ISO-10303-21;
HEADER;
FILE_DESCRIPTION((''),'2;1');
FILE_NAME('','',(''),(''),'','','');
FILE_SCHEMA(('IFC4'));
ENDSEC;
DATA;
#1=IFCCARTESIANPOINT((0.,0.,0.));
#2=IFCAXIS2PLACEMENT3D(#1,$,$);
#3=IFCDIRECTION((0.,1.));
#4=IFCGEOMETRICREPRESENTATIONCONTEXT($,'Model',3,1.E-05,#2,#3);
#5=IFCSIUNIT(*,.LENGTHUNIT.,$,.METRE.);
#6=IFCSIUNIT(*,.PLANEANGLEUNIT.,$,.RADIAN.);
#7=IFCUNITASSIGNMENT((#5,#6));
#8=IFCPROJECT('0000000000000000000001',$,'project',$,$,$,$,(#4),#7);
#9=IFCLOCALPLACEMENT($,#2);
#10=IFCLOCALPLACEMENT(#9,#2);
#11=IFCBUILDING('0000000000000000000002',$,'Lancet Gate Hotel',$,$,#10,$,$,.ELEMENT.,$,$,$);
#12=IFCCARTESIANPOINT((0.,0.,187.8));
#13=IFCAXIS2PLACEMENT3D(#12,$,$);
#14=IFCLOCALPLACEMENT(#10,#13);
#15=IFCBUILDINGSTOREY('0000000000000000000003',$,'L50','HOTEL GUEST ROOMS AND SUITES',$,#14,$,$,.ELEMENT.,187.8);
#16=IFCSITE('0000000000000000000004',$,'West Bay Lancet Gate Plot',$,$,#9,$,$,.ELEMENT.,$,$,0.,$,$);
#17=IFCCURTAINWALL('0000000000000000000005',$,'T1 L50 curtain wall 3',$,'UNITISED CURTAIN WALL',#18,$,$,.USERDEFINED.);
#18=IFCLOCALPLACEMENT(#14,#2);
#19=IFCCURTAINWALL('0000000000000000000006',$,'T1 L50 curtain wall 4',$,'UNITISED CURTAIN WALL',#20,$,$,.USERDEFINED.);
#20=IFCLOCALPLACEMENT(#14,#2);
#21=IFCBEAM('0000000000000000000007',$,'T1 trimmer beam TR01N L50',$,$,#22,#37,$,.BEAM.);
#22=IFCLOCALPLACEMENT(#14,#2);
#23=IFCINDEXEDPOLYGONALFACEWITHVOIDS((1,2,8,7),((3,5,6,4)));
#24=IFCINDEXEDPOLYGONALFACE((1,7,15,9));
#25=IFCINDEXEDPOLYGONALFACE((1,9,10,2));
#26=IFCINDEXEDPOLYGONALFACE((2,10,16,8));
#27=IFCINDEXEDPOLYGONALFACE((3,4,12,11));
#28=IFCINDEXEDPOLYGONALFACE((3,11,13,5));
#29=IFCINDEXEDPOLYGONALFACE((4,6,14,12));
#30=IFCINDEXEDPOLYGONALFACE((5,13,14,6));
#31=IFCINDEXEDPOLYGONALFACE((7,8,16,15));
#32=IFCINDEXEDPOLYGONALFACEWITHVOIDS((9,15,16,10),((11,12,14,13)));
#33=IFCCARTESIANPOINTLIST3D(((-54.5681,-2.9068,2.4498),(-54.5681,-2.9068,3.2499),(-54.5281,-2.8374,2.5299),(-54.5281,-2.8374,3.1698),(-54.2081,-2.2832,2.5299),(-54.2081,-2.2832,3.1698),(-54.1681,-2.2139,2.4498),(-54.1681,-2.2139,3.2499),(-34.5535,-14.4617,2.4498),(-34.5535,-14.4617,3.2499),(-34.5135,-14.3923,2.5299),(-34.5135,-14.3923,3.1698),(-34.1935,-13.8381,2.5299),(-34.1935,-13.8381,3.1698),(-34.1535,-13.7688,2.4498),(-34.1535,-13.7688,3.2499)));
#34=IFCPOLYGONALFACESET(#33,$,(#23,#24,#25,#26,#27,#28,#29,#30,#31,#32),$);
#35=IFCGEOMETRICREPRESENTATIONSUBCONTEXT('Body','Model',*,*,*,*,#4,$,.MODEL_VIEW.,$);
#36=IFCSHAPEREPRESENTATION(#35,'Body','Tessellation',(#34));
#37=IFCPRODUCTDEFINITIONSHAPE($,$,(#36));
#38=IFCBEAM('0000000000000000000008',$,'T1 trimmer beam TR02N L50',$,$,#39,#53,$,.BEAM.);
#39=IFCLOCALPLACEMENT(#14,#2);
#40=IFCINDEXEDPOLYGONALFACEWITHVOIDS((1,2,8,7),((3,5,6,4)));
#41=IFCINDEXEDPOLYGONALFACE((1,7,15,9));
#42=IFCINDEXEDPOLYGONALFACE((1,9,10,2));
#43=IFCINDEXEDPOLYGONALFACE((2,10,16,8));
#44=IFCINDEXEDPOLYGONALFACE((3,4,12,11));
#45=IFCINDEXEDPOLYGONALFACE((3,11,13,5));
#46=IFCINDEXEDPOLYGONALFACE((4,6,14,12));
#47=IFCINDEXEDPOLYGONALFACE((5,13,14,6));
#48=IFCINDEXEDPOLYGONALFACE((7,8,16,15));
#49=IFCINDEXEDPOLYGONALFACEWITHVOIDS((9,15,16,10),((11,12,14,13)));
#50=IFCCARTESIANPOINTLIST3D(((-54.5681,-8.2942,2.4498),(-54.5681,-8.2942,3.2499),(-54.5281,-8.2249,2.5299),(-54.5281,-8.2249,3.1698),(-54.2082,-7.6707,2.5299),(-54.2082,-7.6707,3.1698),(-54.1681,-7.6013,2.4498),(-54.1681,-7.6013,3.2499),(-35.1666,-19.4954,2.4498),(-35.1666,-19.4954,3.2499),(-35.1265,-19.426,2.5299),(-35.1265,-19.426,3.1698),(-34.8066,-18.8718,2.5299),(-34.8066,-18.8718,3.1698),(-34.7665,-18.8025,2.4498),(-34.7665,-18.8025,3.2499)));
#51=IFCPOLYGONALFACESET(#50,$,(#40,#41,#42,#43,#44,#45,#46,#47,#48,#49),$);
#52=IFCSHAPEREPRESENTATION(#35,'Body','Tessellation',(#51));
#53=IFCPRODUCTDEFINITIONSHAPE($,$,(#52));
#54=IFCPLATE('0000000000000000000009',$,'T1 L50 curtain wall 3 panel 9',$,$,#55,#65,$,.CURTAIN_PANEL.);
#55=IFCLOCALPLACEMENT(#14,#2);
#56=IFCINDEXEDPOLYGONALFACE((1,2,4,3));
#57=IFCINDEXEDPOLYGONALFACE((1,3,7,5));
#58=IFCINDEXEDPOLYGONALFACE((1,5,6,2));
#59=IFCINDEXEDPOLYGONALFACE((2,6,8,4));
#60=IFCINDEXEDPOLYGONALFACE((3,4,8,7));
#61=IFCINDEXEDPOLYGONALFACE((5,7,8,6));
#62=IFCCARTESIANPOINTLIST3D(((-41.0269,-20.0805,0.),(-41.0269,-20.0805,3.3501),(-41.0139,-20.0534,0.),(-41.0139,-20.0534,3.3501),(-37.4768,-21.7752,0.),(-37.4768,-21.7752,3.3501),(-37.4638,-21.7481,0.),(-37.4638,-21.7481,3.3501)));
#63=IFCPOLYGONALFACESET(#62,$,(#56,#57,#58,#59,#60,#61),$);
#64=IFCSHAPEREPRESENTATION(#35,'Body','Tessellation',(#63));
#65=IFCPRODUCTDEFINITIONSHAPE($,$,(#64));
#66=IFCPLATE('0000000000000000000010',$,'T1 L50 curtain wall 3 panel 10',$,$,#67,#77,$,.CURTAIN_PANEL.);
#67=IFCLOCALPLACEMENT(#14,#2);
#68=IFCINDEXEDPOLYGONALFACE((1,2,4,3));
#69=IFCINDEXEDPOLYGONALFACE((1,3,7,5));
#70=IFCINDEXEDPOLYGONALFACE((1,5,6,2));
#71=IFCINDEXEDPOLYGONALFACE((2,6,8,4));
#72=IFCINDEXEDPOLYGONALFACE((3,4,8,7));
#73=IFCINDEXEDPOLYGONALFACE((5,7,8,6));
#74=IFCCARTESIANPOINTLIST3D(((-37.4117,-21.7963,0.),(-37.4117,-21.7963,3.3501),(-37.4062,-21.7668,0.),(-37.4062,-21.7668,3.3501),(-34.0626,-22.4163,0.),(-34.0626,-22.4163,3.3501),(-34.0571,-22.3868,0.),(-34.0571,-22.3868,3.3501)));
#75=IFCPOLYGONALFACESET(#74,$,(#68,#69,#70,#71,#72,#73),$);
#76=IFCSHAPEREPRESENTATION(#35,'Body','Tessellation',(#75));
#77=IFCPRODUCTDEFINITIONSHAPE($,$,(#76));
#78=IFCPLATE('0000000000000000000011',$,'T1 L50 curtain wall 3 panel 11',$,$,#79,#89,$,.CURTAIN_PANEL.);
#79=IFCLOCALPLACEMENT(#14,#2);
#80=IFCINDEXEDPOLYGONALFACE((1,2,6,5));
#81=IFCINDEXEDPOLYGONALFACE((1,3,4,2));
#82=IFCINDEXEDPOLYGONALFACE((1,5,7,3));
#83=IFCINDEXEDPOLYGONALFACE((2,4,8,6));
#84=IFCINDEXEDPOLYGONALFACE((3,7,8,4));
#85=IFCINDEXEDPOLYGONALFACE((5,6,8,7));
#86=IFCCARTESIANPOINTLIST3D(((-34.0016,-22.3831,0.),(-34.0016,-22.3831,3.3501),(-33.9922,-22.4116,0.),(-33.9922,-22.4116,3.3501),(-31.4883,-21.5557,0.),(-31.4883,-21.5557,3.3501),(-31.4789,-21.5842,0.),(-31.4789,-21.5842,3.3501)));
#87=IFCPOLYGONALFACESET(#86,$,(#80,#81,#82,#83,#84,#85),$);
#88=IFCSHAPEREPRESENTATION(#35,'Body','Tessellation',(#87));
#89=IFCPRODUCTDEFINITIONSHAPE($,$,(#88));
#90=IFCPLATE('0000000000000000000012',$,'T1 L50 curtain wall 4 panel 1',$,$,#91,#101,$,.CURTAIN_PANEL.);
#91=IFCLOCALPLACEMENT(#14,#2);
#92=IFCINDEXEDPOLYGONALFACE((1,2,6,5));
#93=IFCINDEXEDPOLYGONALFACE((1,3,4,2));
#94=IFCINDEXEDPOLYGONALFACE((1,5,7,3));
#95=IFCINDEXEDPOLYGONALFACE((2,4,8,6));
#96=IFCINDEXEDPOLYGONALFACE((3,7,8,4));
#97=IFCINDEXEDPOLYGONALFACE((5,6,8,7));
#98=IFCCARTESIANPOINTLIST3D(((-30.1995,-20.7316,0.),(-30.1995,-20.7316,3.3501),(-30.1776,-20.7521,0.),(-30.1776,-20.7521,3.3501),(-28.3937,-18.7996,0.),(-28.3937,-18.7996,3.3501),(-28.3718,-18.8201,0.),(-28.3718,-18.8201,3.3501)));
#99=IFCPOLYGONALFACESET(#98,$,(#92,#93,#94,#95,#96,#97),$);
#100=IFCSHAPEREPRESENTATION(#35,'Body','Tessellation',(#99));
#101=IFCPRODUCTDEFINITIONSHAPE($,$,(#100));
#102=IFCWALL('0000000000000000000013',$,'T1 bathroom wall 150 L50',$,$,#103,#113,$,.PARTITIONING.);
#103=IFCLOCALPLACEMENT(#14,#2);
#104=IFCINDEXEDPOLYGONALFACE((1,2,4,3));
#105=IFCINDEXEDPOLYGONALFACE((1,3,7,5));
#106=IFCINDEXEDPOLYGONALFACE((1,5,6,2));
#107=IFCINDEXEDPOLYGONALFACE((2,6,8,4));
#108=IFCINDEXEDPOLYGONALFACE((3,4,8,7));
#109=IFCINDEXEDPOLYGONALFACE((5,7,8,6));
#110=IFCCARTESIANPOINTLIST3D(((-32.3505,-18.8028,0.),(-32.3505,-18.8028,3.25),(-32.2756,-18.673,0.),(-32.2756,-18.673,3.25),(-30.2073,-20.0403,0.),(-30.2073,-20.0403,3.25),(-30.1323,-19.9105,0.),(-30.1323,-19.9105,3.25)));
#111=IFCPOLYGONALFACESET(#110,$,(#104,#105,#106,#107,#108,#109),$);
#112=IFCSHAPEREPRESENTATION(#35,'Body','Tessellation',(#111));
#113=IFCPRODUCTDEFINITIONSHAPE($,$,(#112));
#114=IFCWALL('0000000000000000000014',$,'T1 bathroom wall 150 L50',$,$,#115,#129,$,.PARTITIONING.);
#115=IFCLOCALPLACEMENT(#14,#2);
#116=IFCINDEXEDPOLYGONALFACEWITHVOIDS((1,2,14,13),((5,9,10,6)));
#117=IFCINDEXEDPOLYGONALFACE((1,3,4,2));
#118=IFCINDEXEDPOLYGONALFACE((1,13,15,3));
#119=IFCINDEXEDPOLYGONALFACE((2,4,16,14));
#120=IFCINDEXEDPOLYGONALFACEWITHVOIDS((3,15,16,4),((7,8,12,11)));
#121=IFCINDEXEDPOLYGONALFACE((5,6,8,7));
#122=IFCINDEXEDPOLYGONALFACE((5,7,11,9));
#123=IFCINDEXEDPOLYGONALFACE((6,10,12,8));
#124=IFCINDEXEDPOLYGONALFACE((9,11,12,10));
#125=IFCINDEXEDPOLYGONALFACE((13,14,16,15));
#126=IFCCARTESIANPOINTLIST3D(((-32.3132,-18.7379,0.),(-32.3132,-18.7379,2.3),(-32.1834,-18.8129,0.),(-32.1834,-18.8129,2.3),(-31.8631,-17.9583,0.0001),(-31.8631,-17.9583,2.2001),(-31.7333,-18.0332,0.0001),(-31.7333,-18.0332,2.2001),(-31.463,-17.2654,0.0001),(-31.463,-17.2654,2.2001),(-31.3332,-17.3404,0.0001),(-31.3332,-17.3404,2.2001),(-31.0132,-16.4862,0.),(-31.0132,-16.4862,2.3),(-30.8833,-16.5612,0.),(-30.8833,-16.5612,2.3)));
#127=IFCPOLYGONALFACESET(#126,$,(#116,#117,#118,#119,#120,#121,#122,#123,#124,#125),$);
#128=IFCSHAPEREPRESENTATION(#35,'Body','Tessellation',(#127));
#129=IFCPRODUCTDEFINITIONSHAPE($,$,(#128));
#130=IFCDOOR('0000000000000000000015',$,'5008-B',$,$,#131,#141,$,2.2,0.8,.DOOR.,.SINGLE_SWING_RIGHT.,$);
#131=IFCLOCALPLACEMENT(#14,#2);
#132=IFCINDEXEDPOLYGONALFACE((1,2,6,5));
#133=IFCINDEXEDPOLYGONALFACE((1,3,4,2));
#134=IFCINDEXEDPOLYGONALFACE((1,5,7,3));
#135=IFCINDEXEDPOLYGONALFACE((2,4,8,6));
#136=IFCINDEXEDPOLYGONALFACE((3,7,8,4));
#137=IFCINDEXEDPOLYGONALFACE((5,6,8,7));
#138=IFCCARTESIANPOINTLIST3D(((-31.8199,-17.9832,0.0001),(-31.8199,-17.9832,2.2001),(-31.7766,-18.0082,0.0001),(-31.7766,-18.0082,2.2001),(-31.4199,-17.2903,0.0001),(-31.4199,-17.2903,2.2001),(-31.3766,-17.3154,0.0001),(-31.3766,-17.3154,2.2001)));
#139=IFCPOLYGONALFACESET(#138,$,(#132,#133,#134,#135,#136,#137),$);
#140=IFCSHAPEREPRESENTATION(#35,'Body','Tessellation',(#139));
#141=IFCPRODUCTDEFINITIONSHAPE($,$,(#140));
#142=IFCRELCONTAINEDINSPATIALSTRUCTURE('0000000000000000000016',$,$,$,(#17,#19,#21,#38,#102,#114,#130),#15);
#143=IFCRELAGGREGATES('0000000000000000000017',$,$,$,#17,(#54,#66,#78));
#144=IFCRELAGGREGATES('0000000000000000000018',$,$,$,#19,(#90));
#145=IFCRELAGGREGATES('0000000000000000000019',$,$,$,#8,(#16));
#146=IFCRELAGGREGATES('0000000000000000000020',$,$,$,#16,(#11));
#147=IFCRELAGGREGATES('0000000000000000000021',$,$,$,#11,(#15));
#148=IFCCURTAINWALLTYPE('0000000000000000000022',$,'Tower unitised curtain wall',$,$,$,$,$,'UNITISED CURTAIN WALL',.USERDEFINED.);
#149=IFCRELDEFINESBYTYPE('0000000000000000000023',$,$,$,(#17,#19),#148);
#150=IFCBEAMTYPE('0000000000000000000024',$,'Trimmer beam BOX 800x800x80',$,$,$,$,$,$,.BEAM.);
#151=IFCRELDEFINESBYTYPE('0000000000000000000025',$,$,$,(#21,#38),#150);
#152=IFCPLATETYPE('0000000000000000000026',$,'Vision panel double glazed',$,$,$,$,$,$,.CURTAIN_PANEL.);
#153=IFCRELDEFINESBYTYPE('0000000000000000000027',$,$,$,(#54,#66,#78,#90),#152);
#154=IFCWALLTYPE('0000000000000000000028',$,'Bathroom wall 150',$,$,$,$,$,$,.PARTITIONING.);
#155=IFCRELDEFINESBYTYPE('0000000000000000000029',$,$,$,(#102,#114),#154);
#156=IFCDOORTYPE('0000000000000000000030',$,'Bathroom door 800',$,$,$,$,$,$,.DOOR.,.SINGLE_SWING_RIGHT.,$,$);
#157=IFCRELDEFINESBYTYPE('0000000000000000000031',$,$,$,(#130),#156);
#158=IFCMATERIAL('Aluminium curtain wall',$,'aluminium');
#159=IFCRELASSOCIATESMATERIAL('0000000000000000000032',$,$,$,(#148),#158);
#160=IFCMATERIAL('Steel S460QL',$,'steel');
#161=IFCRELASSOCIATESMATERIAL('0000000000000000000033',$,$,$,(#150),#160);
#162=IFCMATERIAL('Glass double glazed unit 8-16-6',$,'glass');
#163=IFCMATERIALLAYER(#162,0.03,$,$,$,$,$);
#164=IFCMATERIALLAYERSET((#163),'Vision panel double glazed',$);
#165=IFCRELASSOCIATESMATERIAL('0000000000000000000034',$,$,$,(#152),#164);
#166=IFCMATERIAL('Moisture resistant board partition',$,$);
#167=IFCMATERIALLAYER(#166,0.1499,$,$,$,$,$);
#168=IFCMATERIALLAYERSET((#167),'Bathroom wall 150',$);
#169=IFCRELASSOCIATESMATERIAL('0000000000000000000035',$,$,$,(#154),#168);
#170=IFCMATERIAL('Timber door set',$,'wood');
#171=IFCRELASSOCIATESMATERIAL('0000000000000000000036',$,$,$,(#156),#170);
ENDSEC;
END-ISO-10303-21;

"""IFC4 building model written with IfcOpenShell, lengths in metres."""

from ifc_helpers import new_model, si_unit, direction, frame, frame_2d, origin, origin_2d, place, context, subcontext, project, spatial, rectangle, hollow_rectangle, extrude, material, layer, layer_set, material_profile, profile_set, type_object, element, fill, aggregate, save


model = new_model("IFC4")

# Units and contexts
model_context = context("Model", 3, precision=1e-05, world=origin(), true_north=direction((0.0, 1.0)))
body_context = subcontext(model_context, "Body", "Model", "MODEL_VIEW")
ifc_project = project(units=[si_unit("LENGTHUNIT", "METRE"), si_unit("PLANEANGLEUNIT", "RADIAN")], contexts=[model_context])

# Site, building, storey
site_placement = place(None, origin())
site = spatial("IfcSite", under=ifc_project, at=site_placement, Name="West Bay Lancet Gate Plot", CompositionType="ELEMENT", RefElevation=0.0)
building_placement = place(site_placement, origin())
building = spatial("IfcBuilding", under=site, at=building_placement, Name="Lancet Gate Hotel", CompositionType="ELEMENT")
storey_placement = place(building_placement, frame((0.0, 0.0, 187.8)))
storey = spatial("IfcBuildingStorey", under=building, at=storey_placement, Name="L50", Description="HOTEL GUEST ROOMS AND SUITES", CompositionType="ELEMENT", Elevation=187.8)

# Curtain wall
ifc_material_1 = material(Name="Aluminium curtain wall", Category="aluminium")
curtain_wall_type = type_object("IfcCurtainWallType", Name="Tower unitised curtain wall", ElementType="UNITISED CURTAIN WALL", PredefinedType="USERDEFINED", material=ifc_material_1)
curtain_wall_1_placement = place(storey_placement, origin())
curtain_wall_1 = element("IfcCurtainWall", 1, at=curtain_wall_1_placement, inside=storey, type_object=curtain_wall_type, Name="T1 L50 curtain wall 3", ObjectType="UNITISED CURTAIN WALL", PredefinedType="USERDEFINED")

# Curtain wall
curtain_wall_2_placement = place(storey_placement, origin())
curtain_wall_2 = element("IfcCurtainWall", 2, at=curtain_wall_2_placement, inside=storey, type_object=curtain_wall_type, Name="T1 L50 curtain wall 4", ObjectType="UNITISED CURTAIN WALL", PredefinedType="USERDEFINED")

# Beams
ifc_material_2 = material(Name="Steel S460QL", Category="steel")
ifc_material_profile_1 = material_profile(ifc_material_2, hollow_rectangle(XDim=0.8, YDim=0.8, WallThickness=0.0801, at=origin_2d()), Name="BOX 800x800x80")
ifc_profile_set_1 = profile_set([ifc_material_profile_1], Name="Steel S460QL")
beam_type_1 = type_object("IfcBeamType", Name="Trimmer beam BOX 800x800x80", PredefinedType="BEAM", material=ifc_profile_set_1)
beam_1_placement = place(storey_placement, frame((-34.3535, -14.1152, 2.8499), z_axis=(-0.866035, 0.499983, 0.0), x_axis=(-0.499983, -0.866035, 0.0)))
element("IfcBeam", 3, at=beam_1_placement, inside=storey, type_object=beam_type_1, Name="T1 trimmer beam TR01N L50", PredefinedType="BEAM", context=body_context, shape_type="SweptSolid", body=[
    extrude(hollow_rectangle(XDim=0.8, YDim=0.8, WallThickness=0.0801, at=origin_2d()), origin(), (0.0, 0.0, 1.0), 23.1106),
])
beam_2_placement = place(storey_placement, frame((-34.9666, -19.1489, 2.8499), z_axis=(-0.866032, 0.499988, 0.0), x_axis=(-0.499988, -0.866032, 0.0)))
element("IfcBeam", 4, at=beam_2_placement, inside=storey, type_object=beam_type_1, Name="T1 trimmer beam TR02N L50", PredefinedType="BEAM", context=body_context, shape_type="SweptSolid", body=[
    extrude(hollow_rectangle(XDim=0.8, YDim=0.8, WallThickness=0.0801, at=origin_2d()), origin(), (0.0, 0.0, 1.0), 22.4028),
])

# Plates
ifc_material_3 = material(Name="Glass double glazed unit 8-16-6", Category="glass")
ifc_layer_1 = layer(ifc_material_3, 0.03)
ifc_layer_set_1 = layer_set([ifc_layer_1], Name="Vision panel double glazed")
plate_type = type_object("IfcPlateType", Name="Vision panel double glazed", PredefinedType="CURTAIN_PANEL", material=ifc_layer_set_1)
plate_1_placement = place(storey_placement, frame((-39.2454, -20.9143, 0.0), z_axis=(0.0, 0.0, 1.0), x_axis=(0.902454, -0.430787, 0.0)))
plate_1 = element("IfcPlate", 5, at=plate_1_placement, type_object=plate_type, Name="T1 L50 curtain wall 3 panel 9", PredefinedType="CURTAIN_PANEL", context=body_context, shape_type="SweptSolid", body=[
    extrude(rectangle(XDim=3.9338, YDim=0.03, at=origin_2d()), origin(), (0.0, 0.0, 1.0), 3.3501),
])
plate_2_placement = place(storey_placement, frame((-35.7344, -22.0916, 0.0), z_axis=(0.0, 0.0, 1.0), x_axis=(0.983292, -0.182033, 0.0)))
plate_2 = element("IfcPlate", 6, at=plate_2_placement, type_object=plate_type, Name="T1 L50 curtain wall 3 panel 10", PredefinedType="CURTAIN_PANEL", context=body_context, shape_type="SweptSolid", body=[
    extrude(rectangle(XDim=3.406, YDim=0.03, at=origin_2d()), origin(), (0.0, 0.0, 1.0), 3.3501),
])
plate_3_placement = place(storey_placement, frame((-32.7402, -21.9836, 0.0), z_axis=(0.0, 0.0, 1.0), x_axis=(0.949848, 0.312712, 0.0)))
plate_3 = element("IfcPlate", 7, at=plate_3_placement, type_object=plate_type, Name="T1 L50 curtain wall 3 panel 11", PredefinedType="CURTAIN_PANEL", context=body_context, shape_type="SweptSolid", body=[
    extrude(rectangle(XDim=2.646, YDim=0.03, at=origin_2d()), origin(), (0.0, 0.0, 1.0), 3.3501),
])
aggregate(curtain_wall_1, [plate_1, plate_2, plate_3])
plate_4_placement = place(storey_placement, frame((-29.2856, -19.7759, 0.0), z_axis=(0.0, 0.0, 1.0), x_axis=(0.682845, 0.730563, 0.0)))
plate_4 = element("IfcPlate", 8, at=plate_4_placement, type_object=plate_type, Name="T1 L50 curtain wall 4 panel 1", PredefinedType="CURTAIN_PANEL", context=body_context, shape_type="SweptSolid", body=[
    extrude(rectangle(XDim=2.6445, YDim=0.03, at=origin_2d()), origin(), (0.0, 0.0, 1.0), 3.3501),
])
aggregate(curtain_wall_2, [plate_4])

# Wall
ifc_material_4 = material(Name="Moisture resistant board partition")
ifc_layer_2 = layer(ifc_material_4, 0.1499)
ifc_layer_set_2 = layer_set([ifc_layer_2], Name="Bathroom wall 150")
wall_type_1 = type_object("IfcWallType", Name="Bathroom wall 150", PredefinedType="PARTITIONING", material=ifc_layer_set_2)
wall_1_placement = place(storey_placement, frame((-30.1699, -19.9753, 0.0), z_axis=(0.0, 0.0, 1.0), x_axis=(-0.866007, 0.500033, 0.0)))
element("IfcWall", 9, at=wall_1_placement, inside=storey, type_object=wall_type_1, Name="T1 bathroom wall 150 L50", PredefinedType="PARTITIONING", context=body_context, shape_type="SweptSolid", body=[
    extrude(rectangle(XDim=2.4749, YDim=0.1499, at=frame_2d((1.2373, 0.0))), origin(), (0.0, 0.0, 1.0), 3.25),
])

# Wall, opening, door
wall_2_placement = place(storey_placement, frame((-30.9482, -16.5237, 0.0), z_axis=(0.0, 0.0, 1.0), x_axis=(-0.500007, -0.866021, 0.0)))
wall_2 = element("IfcWall", 10, at=wall_2_placement, inside=storey, type_object=wall_type_1, Name="T1 bathroom wall 150 L50", PredefinedType="PARTITIONING", context=body_context, shape_type="SweptSolid", body=[
    extrude(rectangle(XDim=2.6001, YDim=0.1499, at=frame_2d((1.3, 0.0))), origin(), (0.0, 0.0, 1.0), 2.3),
])
opening_1_placement = place(wall_2_placement, frame((0.8999, 0.0, 0.0)))
opening_1 = element("IfcOpeningElement", 11, at=opening_1_placement, cuts=wall_2, PredefinedType="OPENING", context=body_context, shape_type="SweptSolid", body=[
    extrude(rectangle(XDim=0.8, YDim=2.2, at=frame_2d((0.3999, 1.1001))), frame((0.0, 0.085, 0.0), z_axis=(0.0, -1.0, 0.0), x_axis=(1.0, 0.0, 0.0)), (0.0, 0.0, 1.0), 0.1699),
])
ifc_material_5 = material(Name="Timber door set", Category="wood")
door_type_1 = type_object("IfcDoorType", Name="Bathroom door 800", OperationType="SINGLE_SWING_RIGHT", PredefinedType="DOOR", material=ifc_material_5)
door_1_placement = place(opening_1_placement, origin())
door_1 = element("IfcDoor", 12, at=door_1_placement, inside=storey, type_object=door_type_1, Name="5008-B", OperationType="SINGLE_SWING_RIGHT", OverallHeight=2.2, OverallWidth=0.8, PredefinedType="DOOR", context=body_context, shape_type="SweptSolid", body=[
    extrude(rectangle(XDim=0.8, YDim=2.2, at=frame_2d((0.3999, 1.1001))), frame((0.0, 0.0249, 0.0), z_axis=(0.0, -1.0, 0.0), x_axis=(1.0, 0.0, 0.0)), (0.0, 0.0, 1.0), 0.05),
])
fill(opening_1, door_1)

save(model, "model.ifc")
